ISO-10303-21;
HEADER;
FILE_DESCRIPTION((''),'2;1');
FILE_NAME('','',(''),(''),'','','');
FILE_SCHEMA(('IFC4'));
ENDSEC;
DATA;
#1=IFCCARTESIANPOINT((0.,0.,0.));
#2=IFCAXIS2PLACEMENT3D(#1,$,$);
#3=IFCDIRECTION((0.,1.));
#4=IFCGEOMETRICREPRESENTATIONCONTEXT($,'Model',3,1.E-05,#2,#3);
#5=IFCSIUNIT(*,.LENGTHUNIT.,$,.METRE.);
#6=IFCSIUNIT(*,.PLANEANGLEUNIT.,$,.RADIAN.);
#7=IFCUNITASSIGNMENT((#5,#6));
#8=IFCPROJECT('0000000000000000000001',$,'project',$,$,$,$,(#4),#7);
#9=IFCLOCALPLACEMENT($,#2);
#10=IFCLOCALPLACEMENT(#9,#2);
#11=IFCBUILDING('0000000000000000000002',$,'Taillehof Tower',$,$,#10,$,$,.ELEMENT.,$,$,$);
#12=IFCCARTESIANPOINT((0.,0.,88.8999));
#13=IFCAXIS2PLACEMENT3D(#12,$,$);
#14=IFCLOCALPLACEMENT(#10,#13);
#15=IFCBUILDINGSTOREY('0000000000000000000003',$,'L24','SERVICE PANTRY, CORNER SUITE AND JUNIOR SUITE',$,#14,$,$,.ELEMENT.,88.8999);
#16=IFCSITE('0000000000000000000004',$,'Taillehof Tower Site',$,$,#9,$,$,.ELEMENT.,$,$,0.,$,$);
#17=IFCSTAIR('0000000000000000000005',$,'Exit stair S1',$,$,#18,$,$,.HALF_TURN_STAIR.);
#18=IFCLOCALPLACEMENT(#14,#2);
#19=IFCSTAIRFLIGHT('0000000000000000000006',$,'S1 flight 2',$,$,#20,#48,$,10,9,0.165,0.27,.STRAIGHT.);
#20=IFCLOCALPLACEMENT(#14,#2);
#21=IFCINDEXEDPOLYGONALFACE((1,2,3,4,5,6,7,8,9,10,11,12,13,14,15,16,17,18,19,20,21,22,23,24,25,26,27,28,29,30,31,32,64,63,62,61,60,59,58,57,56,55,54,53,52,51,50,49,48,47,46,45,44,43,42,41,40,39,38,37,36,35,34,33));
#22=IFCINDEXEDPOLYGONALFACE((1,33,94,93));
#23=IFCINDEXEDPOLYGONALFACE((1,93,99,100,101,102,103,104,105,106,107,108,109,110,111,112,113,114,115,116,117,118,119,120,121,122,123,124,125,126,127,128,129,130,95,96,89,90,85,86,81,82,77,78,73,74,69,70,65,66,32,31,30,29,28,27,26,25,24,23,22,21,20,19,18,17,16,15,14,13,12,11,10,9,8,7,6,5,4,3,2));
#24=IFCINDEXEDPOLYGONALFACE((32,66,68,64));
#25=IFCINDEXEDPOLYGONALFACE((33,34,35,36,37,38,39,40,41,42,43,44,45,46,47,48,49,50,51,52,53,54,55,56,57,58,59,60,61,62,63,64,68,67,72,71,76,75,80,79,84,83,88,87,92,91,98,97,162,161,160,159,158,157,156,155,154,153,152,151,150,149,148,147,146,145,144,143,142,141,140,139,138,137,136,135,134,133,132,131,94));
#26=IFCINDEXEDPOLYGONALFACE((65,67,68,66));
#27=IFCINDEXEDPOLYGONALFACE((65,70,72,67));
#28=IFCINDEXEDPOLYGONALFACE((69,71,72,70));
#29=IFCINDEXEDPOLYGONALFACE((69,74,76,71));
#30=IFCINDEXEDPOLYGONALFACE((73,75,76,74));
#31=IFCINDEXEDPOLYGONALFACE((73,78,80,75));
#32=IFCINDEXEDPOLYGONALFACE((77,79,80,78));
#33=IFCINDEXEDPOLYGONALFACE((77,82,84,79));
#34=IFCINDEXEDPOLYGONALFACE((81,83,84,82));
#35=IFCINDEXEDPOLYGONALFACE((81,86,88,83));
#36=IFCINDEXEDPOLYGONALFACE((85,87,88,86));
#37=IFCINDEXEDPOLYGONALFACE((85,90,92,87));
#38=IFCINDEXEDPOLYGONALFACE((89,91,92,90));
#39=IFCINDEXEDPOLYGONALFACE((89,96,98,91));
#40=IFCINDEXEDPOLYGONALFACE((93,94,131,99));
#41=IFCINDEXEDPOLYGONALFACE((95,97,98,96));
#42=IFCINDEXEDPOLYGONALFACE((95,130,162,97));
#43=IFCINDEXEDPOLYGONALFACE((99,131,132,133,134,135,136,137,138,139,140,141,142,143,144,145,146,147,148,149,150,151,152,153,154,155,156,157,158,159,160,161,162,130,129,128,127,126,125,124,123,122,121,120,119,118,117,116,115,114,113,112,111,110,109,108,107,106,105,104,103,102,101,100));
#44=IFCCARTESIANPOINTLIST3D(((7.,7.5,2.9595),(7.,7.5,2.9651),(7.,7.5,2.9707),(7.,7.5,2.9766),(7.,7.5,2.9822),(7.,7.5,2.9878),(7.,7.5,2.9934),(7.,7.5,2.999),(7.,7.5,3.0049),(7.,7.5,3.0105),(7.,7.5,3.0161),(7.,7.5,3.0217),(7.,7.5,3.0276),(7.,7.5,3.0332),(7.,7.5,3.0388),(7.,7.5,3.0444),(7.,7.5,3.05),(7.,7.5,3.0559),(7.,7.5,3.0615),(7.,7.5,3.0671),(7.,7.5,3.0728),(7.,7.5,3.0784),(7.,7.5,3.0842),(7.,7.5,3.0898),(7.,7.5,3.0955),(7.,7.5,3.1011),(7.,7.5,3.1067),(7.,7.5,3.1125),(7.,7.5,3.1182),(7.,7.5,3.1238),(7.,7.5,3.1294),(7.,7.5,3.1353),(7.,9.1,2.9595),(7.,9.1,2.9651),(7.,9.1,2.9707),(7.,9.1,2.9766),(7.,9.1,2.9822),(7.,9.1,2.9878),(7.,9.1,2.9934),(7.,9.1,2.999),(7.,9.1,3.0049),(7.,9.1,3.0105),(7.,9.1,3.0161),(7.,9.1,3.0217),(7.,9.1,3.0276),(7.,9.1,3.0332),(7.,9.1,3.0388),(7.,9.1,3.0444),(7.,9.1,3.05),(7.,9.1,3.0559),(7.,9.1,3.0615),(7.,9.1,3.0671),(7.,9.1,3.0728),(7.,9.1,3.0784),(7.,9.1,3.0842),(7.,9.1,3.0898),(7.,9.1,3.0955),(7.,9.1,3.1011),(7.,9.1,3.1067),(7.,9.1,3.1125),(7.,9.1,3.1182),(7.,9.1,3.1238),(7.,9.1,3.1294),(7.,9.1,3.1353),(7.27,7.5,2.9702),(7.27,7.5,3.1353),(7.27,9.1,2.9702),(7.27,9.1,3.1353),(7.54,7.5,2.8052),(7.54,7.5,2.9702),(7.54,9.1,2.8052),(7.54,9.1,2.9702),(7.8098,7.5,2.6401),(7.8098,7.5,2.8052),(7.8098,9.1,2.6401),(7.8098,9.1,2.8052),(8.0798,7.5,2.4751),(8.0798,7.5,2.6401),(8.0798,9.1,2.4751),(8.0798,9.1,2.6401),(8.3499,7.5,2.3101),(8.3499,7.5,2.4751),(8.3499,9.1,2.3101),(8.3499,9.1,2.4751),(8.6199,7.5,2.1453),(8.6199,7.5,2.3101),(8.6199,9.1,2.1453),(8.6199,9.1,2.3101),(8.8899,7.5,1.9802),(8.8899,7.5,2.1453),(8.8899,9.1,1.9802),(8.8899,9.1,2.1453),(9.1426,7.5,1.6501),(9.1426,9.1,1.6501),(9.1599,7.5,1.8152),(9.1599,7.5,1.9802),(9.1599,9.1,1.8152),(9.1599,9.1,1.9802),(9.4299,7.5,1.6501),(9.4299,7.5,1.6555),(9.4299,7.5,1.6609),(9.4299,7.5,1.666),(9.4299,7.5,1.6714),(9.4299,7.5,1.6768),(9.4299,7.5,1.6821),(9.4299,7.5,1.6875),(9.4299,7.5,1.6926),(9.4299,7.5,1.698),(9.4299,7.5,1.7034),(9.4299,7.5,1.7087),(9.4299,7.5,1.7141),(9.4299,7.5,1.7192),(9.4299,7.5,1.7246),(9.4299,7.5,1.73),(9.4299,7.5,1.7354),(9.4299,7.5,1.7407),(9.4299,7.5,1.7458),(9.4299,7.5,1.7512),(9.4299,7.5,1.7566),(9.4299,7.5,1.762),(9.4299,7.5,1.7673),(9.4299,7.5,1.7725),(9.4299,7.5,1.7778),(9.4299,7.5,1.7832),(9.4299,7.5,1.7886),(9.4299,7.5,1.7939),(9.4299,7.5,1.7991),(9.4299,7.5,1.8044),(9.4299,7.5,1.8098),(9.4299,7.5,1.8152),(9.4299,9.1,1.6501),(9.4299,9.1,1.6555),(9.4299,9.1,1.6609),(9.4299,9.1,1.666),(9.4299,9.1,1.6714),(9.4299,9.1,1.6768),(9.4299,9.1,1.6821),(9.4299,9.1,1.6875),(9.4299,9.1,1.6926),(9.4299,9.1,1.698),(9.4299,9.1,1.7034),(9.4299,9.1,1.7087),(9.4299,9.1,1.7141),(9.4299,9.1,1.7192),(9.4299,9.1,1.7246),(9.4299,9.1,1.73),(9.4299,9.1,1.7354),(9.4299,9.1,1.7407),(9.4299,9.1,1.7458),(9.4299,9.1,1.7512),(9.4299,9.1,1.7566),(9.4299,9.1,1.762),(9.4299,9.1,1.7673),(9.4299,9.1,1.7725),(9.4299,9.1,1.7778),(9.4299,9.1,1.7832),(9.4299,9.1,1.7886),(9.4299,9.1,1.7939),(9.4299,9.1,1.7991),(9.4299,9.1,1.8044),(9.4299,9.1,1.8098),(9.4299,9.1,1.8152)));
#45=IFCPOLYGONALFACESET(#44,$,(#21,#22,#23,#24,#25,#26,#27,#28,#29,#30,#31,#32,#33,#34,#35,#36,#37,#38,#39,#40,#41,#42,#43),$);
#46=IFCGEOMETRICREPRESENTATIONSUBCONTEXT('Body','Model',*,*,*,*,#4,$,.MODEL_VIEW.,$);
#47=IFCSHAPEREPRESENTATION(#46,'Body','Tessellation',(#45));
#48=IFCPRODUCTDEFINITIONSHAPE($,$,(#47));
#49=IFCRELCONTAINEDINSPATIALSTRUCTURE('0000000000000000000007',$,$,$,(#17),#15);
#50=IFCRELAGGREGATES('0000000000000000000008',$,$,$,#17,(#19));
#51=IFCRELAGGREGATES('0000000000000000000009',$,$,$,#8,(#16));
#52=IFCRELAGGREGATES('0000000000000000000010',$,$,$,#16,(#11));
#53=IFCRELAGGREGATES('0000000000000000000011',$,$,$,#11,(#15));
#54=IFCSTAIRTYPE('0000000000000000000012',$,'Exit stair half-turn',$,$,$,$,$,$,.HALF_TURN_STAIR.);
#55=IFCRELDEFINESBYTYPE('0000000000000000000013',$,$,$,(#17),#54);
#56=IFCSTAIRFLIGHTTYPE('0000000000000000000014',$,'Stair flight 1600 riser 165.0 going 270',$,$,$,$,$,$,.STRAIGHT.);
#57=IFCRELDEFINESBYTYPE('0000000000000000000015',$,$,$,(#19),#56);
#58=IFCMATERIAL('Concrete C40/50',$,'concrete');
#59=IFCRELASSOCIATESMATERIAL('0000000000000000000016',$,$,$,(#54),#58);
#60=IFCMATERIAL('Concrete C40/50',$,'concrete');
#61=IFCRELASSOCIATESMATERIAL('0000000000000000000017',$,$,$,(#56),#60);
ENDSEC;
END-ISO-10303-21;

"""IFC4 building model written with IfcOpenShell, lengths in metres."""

from ifc_helpers import new_model, si_unit, direction, frame, origin, place, context, subcontext, project, spatial, polyline, outline, extrude, material, type_object, element, aggregate, save


model = new_model("IFC4")

# Units and contexts
model_context = context("Model", 3, precision=1e-05, world=origin(), true_north=direction((0.0, 1.0)))
body_context = subcontext(model_context, "Body", "Model", "MODEL_VIEW")
ifc_project = project(units=[si_unit("LENGTHUNIT", "METRE"), si_unit("PLANEANGLEUNIT", "RADIAN")], contexts=[model_context])

# Site, building, storey
site_placement = place(None, origin())
site = spatial("IfcSite", under=ifc_project, at=site_placement, Name="Taillehof Tower Site", CompositionType="ELEMENT", RefElevation=0.0)
building_placement = place(site_placement, origin())
building = spatial("IfcBuilding", under=site, at=building_placement, Name="Taillehof Tower", CompositionType="ELEMENT")
storey_placement = place(building_placement, frame((0.0, 0.0, 88.8999)))
storey = spatial("IfcBuildingStorey", under=building, at=storey_placement, Name="L24", Description="SERVICE PANTRY, CORNER SUITE AND JUNIOR SUITE", CompositionType="ELEMENT", Elevation=88.8999)

# Stair, stair flight
ifc_material_1 = material(Name="Concrete C40/50", Category="concrete")
stair_type = type_object("IfcStairType", Name="Exit stair half-turn", PredefinedType="HALF_TURN_STAIR", material=ifc_material_1)
stair_placement = place(storey_placement, origin())
stair = element("IfcStair", 1, at=stair_placement, inside=storey, type_object=stair_type, Name="Exit stair S1", PredefinedType="HALF_TURN_STAIR")
ifc_material_2 = material(Name="Concrete C40/50", Category="concrete")
stair_flight_type = type_object("IfcStairFlightType", Name="Stair flight 1600 riser 165.0 going 270", PredefinedType="STRAIGHT", material=ifc_material_2)
stair_flight_placement = place(storey_placement, frame((9.4299, 8.3, 1.6501), z_axis=(0.0, 0.0, 1.0), x_axis=(-1.0, 0.0, 0.0)))
stair_flight = element("IfcStairFlight", 2, at=stair_flight_placement, type_object=stair_flight_type, Name="S1 flight 2", NumberOfRisers=10, NumberOfTreads=9, PredefinedType="STRAIGHT", RiserHeight=0.165, TreadLength=0.27, context=body_context, shape_type="SweptSolid", body=[
    extrude(outline(polyline([(0.0, 0.0), (0.0, 0.0054), (0.0, 0.0107), (0.0, 0.0159), (0.0, 0.0212), (0.0, 0.0266), (0.0, 0.032), (0.0, 0.0374), (0.0, 0.0425), (0.0, 0.0479), (0.0, 0.0532), (0.0, 0.0586), (0.0, 0.064), (0.0, 0.0691), (0.0, 0.0745), (0.0, 0.0798), (0.0, 0.0852), (0.0, 0.0906), (0.0, 0.0957), (0.0, 0.1011), (0.0, 0.1064), (0.0, 0.1118), (0.0, 0.1172), (0.0, 0.1223), (0.0, 0.1277), (0.0, 0.1331), (0.0, 0.1384), (0.0, 0.1438), (0.0, 0.1489), (0.0, 0.1543), (0.0, 0.1597), (0.0, 0.165), (0.27, 0.165), (0.27, 0.3301), (0.54, 0.3301), (0.54, 0.4951), (0.8101, 0.4951), (0.8101, 0.6599), (1.0801, 0.6599), (1.0801, 0.825), (1.3501, 0.825), (1.3501, 0.99), (1.6201, 0.99), (1.6201, 1.155), (1.8899, 1.155), (1.8899, 1.3201), (2.1599, 1.3201), (2.1599, 1.4851), (2.4299, 1.4851), (2.4299, 1.4792), (2.4299, 1.4736), (2.4299, 1.468), (2.4299, 1.4624), (2.4299, 1.4565), (2.4299, 1.4509), (2.4299, 1.4453), (2.4299, 1.4397), (2.4299, 1.4341), (2.4299, 1.4282), (2.4299, 1.4226), (2.4299, 1.417), (2.4299, 1.4114), (2.4299, 1.4058), (2.4299, 1.3999), (2.4299, 1.3943), (2.4299, 1.3887), (2.4299, 1.3831), (2.4299, 1.3774), (2.4299, 1.3716), (2.4299, 1.366), (2.4299, 1.3604), (2.4299, 1.3547), (2.4299, 1.3489), (2.4299, 1.3433), (2.4299, 1.3376), (2.4299, 1.332), (2.4299, 1.3264), (2.4299, 1.3206), (2.4299, 1.3149), (2.4299, 1.3093), (0.2874, 0.0), (0.0, 0.0)])), frame((0.0, 0.8, 0.0), z_axis=(0.0, -1.0, 0.0), x_axis=(1.0, 0.0, 0.0)), (0.0, 0.0, 1.0), 1.6),
])
aggregate(stair, [stair_flight])

save(model, "model.ifc")
